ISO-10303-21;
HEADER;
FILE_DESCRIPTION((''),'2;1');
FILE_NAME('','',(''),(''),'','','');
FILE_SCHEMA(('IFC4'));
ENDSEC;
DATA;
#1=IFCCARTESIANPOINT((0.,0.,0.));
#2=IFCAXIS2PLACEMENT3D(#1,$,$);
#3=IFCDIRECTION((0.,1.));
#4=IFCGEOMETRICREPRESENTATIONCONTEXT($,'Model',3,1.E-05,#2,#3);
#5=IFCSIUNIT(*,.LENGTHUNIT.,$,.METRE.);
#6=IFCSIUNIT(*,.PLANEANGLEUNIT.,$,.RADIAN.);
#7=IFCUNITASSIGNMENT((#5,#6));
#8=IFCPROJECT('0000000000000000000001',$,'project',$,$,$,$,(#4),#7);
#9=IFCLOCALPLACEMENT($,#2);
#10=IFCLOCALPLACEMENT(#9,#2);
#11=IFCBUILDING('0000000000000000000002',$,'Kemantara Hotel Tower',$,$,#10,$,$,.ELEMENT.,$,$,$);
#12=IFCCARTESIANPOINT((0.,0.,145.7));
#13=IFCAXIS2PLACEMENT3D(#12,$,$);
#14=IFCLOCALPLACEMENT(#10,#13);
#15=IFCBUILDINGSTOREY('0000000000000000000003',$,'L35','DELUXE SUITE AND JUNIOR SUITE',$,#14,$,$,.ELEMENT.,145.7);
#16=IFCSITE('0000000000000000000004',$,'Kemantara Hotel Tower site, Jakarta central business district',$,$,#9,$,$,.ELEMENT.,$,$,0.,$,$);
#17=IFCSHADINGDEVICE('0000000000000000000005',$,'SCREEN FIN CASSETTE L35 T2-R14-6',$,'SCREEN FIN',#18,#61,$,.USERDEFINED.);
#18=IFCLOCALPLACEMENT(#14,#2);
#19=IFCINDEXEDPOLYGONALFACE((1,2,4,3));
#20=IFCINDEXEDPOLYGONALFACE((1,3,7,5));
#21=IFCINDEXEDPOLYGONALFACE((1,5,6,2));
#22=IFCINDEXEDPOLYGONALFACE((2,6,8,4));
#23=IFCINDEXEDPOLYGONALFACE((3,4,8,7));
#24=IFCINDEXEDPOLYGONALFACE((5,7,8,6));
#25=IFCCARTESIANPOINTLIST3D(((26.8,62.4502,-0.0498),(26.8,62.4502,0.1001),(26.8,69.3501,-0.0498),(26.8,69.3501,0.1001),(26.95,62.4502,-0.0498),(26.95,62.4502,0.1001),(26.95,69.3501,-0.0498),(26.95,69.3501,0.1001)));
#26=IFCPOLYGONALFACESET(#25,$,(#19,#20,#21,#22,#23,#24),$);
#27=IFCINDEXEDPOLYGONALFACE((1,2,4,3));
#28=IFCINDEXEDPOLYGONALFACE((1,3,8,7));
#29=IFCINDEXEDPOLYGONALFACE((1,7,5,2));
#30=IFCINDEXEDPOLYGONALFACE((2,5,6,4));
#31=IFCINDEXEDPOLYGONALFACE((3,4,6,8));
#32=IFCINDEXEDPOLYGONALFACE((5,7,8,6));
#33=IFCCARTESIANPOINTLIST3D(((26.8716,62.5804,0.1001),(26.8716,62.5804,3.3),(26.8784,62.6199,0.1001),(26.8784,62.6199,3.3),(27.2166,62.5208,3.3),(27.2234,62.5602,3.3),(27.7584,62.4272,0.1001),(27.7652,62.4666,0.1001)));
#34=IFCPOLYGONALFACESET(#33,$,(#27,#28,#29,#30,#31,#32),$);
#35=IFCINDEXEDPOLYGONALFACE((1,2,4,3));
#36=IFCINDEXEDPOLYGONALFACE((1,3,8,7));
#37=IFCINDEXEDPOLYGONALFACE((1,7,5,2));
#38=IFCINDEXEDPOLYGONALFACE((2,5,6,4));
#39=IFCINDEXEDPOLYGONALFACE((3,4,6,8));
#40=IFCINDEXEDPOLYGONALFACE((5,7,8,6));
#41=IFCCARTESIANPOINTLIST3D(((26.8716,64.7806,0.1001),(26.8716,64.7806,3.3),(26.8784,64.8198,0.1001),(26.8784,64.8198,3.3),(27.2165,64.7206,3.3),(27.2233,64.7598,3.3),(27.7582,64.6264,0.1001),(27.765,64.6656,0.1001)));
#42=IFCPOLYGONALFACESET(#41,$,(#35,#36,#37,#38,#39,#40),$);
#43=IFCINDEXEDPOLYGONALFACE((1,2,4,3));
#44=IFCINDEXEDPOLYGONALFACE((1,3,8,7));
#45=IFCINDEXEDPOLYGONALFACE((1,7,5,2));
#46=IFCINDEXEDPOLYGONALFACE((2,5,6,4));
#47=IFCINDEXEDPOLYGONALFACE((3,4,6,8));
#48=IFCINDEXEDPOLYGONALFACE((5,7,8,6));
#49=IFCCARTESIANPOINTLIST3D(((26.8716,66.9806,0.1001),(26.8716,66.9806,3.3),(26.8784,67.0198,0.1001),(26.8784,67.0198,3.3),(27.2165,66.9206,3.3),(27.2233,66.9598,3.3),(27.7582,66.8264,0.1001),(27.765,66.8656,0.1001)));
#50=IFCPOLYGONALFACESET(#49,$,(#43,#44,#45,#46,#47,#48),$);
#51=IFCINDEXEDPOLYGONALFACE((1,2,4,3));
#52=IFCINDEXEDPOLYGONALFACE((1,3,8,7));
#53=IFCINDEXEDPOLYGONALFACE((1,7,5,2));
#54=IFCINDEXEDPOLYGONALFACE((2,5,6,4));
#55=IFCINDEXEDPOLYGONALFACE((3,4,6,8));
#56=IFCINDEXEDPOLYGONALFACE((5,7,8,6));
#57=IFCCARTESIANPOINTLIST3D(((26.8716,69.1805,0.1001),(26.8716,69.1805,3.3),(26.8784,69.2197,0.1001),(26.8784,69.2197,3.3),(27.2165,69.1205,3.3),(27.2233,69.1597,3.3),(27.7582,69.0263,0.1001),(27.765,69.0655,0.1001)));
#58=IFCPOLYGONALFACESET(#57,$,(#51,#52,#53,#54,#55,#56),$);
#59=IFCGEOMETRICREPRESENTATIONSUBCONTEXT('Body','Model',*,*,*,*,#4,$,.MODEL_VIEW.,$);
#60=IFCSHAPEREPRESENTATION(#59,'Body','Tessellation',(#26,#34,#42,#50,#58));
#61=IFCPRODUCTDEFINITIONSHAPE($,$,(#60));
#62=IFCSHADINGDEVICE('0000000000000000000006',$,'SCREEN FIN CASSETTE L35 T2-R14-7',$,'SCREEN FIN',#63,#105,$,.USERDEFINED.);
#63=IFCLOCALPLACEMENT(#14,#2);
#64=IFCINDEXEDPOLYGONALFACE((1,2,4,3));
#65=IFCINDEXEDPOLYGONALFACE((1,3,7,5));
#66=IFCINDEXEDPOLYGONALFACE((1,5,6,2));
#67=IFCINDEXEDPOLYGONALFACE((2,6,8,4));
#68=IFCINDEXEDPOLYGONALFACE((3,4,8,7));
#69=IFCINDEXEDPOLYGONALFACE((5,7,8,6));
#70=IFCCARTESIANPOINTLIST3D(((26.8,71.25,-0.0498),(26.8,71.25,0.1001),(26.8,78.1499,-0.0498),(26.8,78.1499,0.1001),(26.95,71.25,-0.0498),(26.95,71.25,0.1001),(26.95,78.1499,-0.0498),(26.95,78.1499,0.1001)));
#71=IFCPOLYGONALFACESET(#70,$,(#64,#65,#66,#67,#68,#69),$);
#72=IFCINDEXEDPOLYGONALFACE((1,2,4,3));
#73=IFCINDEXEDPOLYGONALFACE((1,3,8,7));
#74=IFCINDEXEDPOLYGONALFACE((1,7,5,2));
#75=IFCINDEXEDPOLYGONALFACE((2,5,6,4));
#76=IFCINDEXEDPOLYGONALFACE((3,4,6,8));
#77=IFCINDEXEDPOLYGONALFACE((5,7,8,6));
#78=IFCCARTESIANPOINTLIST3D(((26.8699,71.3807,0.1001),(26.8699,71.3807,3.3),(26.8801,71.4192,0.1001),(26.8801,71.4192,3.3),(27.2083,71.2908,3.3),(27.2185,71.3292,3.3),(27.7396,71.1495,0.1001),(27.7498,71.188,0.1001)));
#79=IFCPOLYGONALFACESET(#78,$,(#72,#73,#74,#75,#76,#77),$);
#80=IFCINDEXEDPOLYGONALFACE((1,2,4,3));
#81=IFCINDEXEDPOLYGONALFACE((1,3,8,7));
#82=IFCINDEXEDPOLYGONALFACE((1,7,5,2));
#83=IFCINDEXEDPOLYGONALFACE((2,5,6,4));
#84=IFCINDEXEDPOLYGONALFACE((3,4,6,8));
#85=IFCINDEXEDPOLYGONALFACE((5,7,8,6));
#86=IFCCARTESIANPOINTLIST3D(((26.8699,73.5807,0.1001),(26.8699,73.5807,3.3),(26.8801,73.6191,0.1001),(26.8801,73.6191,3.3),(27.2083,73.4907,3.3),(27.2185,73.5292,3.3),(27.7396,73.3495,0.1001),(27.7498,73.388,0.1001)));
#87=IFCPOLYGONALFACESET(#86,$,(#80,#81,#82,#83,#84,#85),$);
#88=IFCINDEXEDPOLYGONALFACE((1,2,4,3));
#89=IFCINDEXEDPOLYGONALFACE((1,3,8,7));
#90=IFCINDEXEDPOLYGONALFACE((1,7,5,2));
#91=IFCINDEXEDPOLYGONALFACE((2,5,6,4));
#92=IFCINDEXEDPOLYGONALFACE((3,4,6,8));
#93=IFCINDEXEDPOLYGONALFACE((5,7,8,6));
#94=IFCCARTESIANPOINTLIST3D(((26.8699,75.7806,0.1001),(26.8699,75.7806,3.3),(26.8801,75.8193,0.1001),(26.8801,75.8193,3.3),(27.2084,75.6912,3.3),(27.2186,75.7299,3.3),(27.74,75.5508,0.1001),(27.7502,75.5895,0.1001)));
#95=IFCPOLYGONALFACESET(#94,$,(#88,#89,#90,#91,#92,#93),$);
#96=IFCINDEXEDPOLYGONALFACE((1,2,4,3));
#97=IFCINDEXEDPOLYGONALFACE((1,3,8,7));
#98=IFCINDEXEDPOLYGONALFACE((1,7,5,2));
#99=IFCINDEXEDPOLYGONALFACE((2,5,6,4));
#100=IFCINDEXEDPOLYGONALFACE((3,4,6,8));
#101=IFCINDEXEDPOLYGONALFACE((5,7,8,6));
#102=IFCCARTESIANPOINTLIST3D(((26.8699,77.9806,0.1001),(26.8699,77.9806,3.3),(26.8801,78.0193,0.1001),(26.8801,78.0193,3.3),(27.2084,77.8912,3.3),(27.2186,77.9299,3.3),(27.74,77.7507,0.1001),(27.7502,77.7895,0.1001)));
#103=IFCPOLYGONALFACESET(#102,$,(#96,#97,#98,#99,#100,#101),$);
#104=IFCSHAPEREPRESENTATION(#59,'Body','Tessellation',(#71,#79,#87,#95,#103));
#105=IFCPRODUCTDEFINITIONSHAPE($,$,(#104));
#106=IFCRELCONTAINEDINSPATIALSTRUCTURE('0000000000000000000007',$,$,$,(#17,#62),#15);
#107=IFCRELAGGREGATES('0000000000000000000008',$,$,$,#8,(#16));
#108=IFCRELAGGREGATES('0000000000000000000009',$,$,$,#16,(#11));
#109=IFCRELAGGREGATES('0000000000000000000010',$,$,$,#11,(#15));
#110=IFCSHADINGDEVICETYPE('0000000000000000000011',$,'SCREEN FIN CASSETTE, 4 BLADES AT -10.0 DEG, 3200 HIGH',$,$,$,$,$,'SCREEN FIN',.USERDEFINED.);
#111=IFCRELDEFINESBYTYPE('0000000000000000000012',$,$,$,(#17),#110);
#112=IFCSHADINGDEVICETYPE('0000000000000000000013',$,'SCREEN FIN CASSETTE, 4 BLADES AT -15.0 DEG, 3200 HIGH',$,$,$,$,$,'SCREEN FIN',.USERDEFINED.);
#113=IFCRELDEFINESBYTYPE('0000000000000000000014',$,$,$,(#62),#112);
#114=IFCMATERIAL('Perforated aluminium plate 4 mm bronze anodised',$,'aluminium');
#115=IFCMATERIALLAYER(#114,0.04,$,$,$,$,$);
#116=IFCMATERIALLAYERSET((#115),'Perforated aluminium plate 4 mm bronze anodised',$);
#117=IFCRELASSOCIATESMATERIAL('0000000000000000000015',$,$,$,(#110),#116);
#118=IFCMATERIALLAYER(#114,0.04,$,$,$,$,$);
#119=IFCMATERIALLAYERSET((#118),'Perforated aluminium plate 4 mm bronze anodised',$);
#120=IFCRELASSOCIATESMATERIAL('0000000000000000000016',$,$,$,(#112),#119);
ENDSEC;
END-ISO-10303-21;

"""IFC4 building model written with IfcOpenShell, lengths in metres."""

from ifc_helpers import new_model, si_unit, direction, frame, origin, origin_2d, place, context, subcontext, project, spatial, polyline, rectangle, outline, extrude, source, transform, mapped, material, layer, layer_set, type_object, element, save


model = new_model("IFC4")

# Units and contexts
model_context = context("Model", 3, precision=1e-05, world=origin(), true_north=direction((0.0, 1.0)))
body_context = subcontext(model_context, "Body", "Model", "MODEL_VIEW")
ifc_project = project(units=[si_unit("LENGTHUNIT", "METRE"), si_unit("PLANEANGLEUNIT", "RADIAN")], contexts=[model_context])

# Site, building, storey
site_placement = place(None, origin())
site = spatial("IfcSite", under=ifc_project, at=site_placement, Name="Kemantara Hotel Tower site, Jakarta central business district", CompositionType="ELEMENT", RefElevation=0.0)
building_placement = place(site_placement, origin())
building = spatial("IfcBuilding", under=site, at=building_placement, Name="Kemantara Hotel Tower", CompositionType="ELEMENT")
storey_placement = place(building_placement, frame((0.0, 0.0, 145.7)))
storey = spatial("IfcBuildingStorey", under=building, at=storey_placement, Name="L35", Description="DELUXE SUITE AND JUNIOR SUITE", CompositionType="ELEMENT", Elevation=145.7)

# Shading devices
ifc_material_1 = material(Name="Perforated aluminium plate 4 mm bronze anodised", Category="aluminium")
ifc_layer_1 = layer(ifc_material_1, 0.04)
ifc_layer_set_1 = layer_set([ifc_layer_1], Name="Perforated aluminium plate 4 mm bronze anodised")
shading_device_type_1 = type_object("IfcShadingDeviceType", Name="SCREEN FIN CASSETTE, 4 BLADES AT -10.0 DEG, 3200 HIGH", ElementType="SCREEN FIN", PredefinedType="USERDEFINED", material=ifc_layer_set_1)
shared_shape_1 = source(origin(), body_context, "Body", "SweptSolid", [
    extrude(rectangle(XDim=6.8999, YDim=0.1499, at=origin_2d()), frame((3.3, -0.075, -0.1499), z_axis=(0.0, 0.0, 1.0), x_axis=(1.0, 0.0, 0.0)), (0.0, 0.0, 1.0), 0.1499),
    extrude(outline(polyline([(0.0, 0.0), (0.8999, 0.0), (0.3501, 3.2), (0.0, 3.2), (0.0, 0.0)])), frame((0.0198, -0.0784, 0.0), z_axis=(-0.98539, 0.170314, 0.0), x_axis=(-0.170314, -0.98539, 0.0)), (0.0, 0.0, 1.0), 0.04),
    extrude(outline(polyline([(0.0, 0.0), (0.8999, 0.0), (0.3501, 3.2), (0.0, 3.2), (0.0, 0.0)])), frame((2.2197, -0.0784, 0.0), z_axis=(-0.985212, 0.171341, 0.0), x_axis=(-0.171341, -0.985212, 0.0)), (0.0, 0.0, 1.0), 0.0398),
    extrude(outline(polyline([(0.0, 0.0), (0.8999, 0.0), (0.3501, 3.2), (0.0, 3.2), (0.0, 0.0)])), frame((4.4197, -0.0784, 0.0), z_axis=(-0.985212, 0.171341, 0.0), x_axis=(-0.171341, -0.985212, 0.0)), (0.0, 0.0, 1.0), 0.0398),
    extrude(outline(polyline([(0.0, 0.0), (0.8999, 0.0), (0.3501, 3.2), (0.0, 3.2), (0.0, 0.0)])), frame((6.6196, -0.0784, 0.0), z_axis=(-0.985212, 0.171341, 0.0), x_axis=(-0.171341, -0.985212, 0.0)), (0.0, 0.0, 1.0), 0.0398),
])
shading_device_1_placement = place(storey_placement, frame((26.8, 62.6001, 0.1001), z_axis=(0.0, 0.0, 1.0), x_axis=(0.0, 1.0, 0.0)))
element("IfcShadingDevice", 1, at=shading_device_1_placement, inside=storey, type_object=shading_device_type_1, Name="SCREEN FIN CASSETTE L35 T2-R14-6", ObjectType="SCREEN FIN", PredefinedType="USERDEFINED", context=body_context, shape_type="MappedRepresentation", body=[
    mapped(shared_shape_1, transform((0.0, 0.0, 0.0))),
])
ifc_layer_2 = layer(ifc_material_1, 0.04)
ifc_layer_set_2 = layer_set([ifc_layer_2], Name="Perforated aluminium plate 4 mm bronze anodised")
shading_device_type_2 = type_object("IfcShadingDeviceType", Name="SCREEN FIN CASSETTE, 4 BLADES AT -15.0 DEG, 3200 HIGH", ElementType="SCREEN FIN", PredefinedType="USERDEFINED", material=ifc_layer_set_2)
shared_shape_2 = source(origin(), body_context, "Body", "SweptSolid", [
    extrude(rectangle(XDim=6.8999, YDim=0.1499, at=origin_2d()), frame((3.3, -0.075, -0.1499), z_axis=(0.0, 0.0, 1.0), x_axis=(1.0, 0.0, 0.0)), (0.0, 0.0, 1.0), 0.1499),
    extrude(outline(polyline([(0.0, 0.0), (0.8999, 0.0), (0.3501, 3.2), (0.0, 3.2), (0.0, 0.0)])), frame((0.0193, -0.0801, 0.0), z_axis=(-0.966438, 0.256901, 0.0), x_axis=(-0.256901, -0.966438, 0.0)), (0.0, 0.0, 1.0), 0.0398),
    extrude(outline(polyline([(0.0, 0.0), (0.8999, 0.0), (0.3501, 3.2), (0.0, 3.2), (0.0, 0.0)])), frame((2.2192, -0.0801, 0.0), z_axis=(-0.966438, 0.256901, 0.0), x_axis=(-0.256901, -0.966438, 0.0)), (0.0, 0.0, 1.0), 0.0398),
    extrude(outline(polyline([(0.0, 0.0), (0.8999, 0.0), (0.3501, 3.2), (0.0, 3.2), (0.0, 0.0)])), frame((4.4194, -0.0801, 0.0), z_axis=(-0.966838, 0.255391, 0.0), x_axis=(-0.255391, -0.966838, 0.0)), (0.0, 0.0, 1.0), 0.04),
    extrude(outline(polyline([(0.0, 0.0), (0.8999, 0.0), (0.3501, 3.2), (0.0, 3.2), (0.0, 0.0)])), frame((6.6194, -0.0801, 0.0), z_axis=(-0.966838, 0.255391, 0.0), x_axis=(-0.255391, -0.966838, 0.0)), (0.0, 0.0, 1.0), 0.04),
])
shading_device_2_placement = place(storey_placement, frame((26.8, 71.3999, 0.1001), z_axis=(0.0, 0.0, 1.0), x_axis=(0.0, 1.0, 0.0)))
element("IfcShadingDevice", 2, at=shading_device_2_placement, inside=storey, type_object=shading_device_type_2, Name="SCREEN FIN CASSETTE L35 T2-R14-7", ObjectType="SCREEN FIN", PredefinedType="USERDEFINED", context=body_context, shape_type="MappedRepresentation", body=[
    mapped(shared_shape_2, transform((0.0, 0.0, 0.0))),
])

save(model, "model.ifc")
